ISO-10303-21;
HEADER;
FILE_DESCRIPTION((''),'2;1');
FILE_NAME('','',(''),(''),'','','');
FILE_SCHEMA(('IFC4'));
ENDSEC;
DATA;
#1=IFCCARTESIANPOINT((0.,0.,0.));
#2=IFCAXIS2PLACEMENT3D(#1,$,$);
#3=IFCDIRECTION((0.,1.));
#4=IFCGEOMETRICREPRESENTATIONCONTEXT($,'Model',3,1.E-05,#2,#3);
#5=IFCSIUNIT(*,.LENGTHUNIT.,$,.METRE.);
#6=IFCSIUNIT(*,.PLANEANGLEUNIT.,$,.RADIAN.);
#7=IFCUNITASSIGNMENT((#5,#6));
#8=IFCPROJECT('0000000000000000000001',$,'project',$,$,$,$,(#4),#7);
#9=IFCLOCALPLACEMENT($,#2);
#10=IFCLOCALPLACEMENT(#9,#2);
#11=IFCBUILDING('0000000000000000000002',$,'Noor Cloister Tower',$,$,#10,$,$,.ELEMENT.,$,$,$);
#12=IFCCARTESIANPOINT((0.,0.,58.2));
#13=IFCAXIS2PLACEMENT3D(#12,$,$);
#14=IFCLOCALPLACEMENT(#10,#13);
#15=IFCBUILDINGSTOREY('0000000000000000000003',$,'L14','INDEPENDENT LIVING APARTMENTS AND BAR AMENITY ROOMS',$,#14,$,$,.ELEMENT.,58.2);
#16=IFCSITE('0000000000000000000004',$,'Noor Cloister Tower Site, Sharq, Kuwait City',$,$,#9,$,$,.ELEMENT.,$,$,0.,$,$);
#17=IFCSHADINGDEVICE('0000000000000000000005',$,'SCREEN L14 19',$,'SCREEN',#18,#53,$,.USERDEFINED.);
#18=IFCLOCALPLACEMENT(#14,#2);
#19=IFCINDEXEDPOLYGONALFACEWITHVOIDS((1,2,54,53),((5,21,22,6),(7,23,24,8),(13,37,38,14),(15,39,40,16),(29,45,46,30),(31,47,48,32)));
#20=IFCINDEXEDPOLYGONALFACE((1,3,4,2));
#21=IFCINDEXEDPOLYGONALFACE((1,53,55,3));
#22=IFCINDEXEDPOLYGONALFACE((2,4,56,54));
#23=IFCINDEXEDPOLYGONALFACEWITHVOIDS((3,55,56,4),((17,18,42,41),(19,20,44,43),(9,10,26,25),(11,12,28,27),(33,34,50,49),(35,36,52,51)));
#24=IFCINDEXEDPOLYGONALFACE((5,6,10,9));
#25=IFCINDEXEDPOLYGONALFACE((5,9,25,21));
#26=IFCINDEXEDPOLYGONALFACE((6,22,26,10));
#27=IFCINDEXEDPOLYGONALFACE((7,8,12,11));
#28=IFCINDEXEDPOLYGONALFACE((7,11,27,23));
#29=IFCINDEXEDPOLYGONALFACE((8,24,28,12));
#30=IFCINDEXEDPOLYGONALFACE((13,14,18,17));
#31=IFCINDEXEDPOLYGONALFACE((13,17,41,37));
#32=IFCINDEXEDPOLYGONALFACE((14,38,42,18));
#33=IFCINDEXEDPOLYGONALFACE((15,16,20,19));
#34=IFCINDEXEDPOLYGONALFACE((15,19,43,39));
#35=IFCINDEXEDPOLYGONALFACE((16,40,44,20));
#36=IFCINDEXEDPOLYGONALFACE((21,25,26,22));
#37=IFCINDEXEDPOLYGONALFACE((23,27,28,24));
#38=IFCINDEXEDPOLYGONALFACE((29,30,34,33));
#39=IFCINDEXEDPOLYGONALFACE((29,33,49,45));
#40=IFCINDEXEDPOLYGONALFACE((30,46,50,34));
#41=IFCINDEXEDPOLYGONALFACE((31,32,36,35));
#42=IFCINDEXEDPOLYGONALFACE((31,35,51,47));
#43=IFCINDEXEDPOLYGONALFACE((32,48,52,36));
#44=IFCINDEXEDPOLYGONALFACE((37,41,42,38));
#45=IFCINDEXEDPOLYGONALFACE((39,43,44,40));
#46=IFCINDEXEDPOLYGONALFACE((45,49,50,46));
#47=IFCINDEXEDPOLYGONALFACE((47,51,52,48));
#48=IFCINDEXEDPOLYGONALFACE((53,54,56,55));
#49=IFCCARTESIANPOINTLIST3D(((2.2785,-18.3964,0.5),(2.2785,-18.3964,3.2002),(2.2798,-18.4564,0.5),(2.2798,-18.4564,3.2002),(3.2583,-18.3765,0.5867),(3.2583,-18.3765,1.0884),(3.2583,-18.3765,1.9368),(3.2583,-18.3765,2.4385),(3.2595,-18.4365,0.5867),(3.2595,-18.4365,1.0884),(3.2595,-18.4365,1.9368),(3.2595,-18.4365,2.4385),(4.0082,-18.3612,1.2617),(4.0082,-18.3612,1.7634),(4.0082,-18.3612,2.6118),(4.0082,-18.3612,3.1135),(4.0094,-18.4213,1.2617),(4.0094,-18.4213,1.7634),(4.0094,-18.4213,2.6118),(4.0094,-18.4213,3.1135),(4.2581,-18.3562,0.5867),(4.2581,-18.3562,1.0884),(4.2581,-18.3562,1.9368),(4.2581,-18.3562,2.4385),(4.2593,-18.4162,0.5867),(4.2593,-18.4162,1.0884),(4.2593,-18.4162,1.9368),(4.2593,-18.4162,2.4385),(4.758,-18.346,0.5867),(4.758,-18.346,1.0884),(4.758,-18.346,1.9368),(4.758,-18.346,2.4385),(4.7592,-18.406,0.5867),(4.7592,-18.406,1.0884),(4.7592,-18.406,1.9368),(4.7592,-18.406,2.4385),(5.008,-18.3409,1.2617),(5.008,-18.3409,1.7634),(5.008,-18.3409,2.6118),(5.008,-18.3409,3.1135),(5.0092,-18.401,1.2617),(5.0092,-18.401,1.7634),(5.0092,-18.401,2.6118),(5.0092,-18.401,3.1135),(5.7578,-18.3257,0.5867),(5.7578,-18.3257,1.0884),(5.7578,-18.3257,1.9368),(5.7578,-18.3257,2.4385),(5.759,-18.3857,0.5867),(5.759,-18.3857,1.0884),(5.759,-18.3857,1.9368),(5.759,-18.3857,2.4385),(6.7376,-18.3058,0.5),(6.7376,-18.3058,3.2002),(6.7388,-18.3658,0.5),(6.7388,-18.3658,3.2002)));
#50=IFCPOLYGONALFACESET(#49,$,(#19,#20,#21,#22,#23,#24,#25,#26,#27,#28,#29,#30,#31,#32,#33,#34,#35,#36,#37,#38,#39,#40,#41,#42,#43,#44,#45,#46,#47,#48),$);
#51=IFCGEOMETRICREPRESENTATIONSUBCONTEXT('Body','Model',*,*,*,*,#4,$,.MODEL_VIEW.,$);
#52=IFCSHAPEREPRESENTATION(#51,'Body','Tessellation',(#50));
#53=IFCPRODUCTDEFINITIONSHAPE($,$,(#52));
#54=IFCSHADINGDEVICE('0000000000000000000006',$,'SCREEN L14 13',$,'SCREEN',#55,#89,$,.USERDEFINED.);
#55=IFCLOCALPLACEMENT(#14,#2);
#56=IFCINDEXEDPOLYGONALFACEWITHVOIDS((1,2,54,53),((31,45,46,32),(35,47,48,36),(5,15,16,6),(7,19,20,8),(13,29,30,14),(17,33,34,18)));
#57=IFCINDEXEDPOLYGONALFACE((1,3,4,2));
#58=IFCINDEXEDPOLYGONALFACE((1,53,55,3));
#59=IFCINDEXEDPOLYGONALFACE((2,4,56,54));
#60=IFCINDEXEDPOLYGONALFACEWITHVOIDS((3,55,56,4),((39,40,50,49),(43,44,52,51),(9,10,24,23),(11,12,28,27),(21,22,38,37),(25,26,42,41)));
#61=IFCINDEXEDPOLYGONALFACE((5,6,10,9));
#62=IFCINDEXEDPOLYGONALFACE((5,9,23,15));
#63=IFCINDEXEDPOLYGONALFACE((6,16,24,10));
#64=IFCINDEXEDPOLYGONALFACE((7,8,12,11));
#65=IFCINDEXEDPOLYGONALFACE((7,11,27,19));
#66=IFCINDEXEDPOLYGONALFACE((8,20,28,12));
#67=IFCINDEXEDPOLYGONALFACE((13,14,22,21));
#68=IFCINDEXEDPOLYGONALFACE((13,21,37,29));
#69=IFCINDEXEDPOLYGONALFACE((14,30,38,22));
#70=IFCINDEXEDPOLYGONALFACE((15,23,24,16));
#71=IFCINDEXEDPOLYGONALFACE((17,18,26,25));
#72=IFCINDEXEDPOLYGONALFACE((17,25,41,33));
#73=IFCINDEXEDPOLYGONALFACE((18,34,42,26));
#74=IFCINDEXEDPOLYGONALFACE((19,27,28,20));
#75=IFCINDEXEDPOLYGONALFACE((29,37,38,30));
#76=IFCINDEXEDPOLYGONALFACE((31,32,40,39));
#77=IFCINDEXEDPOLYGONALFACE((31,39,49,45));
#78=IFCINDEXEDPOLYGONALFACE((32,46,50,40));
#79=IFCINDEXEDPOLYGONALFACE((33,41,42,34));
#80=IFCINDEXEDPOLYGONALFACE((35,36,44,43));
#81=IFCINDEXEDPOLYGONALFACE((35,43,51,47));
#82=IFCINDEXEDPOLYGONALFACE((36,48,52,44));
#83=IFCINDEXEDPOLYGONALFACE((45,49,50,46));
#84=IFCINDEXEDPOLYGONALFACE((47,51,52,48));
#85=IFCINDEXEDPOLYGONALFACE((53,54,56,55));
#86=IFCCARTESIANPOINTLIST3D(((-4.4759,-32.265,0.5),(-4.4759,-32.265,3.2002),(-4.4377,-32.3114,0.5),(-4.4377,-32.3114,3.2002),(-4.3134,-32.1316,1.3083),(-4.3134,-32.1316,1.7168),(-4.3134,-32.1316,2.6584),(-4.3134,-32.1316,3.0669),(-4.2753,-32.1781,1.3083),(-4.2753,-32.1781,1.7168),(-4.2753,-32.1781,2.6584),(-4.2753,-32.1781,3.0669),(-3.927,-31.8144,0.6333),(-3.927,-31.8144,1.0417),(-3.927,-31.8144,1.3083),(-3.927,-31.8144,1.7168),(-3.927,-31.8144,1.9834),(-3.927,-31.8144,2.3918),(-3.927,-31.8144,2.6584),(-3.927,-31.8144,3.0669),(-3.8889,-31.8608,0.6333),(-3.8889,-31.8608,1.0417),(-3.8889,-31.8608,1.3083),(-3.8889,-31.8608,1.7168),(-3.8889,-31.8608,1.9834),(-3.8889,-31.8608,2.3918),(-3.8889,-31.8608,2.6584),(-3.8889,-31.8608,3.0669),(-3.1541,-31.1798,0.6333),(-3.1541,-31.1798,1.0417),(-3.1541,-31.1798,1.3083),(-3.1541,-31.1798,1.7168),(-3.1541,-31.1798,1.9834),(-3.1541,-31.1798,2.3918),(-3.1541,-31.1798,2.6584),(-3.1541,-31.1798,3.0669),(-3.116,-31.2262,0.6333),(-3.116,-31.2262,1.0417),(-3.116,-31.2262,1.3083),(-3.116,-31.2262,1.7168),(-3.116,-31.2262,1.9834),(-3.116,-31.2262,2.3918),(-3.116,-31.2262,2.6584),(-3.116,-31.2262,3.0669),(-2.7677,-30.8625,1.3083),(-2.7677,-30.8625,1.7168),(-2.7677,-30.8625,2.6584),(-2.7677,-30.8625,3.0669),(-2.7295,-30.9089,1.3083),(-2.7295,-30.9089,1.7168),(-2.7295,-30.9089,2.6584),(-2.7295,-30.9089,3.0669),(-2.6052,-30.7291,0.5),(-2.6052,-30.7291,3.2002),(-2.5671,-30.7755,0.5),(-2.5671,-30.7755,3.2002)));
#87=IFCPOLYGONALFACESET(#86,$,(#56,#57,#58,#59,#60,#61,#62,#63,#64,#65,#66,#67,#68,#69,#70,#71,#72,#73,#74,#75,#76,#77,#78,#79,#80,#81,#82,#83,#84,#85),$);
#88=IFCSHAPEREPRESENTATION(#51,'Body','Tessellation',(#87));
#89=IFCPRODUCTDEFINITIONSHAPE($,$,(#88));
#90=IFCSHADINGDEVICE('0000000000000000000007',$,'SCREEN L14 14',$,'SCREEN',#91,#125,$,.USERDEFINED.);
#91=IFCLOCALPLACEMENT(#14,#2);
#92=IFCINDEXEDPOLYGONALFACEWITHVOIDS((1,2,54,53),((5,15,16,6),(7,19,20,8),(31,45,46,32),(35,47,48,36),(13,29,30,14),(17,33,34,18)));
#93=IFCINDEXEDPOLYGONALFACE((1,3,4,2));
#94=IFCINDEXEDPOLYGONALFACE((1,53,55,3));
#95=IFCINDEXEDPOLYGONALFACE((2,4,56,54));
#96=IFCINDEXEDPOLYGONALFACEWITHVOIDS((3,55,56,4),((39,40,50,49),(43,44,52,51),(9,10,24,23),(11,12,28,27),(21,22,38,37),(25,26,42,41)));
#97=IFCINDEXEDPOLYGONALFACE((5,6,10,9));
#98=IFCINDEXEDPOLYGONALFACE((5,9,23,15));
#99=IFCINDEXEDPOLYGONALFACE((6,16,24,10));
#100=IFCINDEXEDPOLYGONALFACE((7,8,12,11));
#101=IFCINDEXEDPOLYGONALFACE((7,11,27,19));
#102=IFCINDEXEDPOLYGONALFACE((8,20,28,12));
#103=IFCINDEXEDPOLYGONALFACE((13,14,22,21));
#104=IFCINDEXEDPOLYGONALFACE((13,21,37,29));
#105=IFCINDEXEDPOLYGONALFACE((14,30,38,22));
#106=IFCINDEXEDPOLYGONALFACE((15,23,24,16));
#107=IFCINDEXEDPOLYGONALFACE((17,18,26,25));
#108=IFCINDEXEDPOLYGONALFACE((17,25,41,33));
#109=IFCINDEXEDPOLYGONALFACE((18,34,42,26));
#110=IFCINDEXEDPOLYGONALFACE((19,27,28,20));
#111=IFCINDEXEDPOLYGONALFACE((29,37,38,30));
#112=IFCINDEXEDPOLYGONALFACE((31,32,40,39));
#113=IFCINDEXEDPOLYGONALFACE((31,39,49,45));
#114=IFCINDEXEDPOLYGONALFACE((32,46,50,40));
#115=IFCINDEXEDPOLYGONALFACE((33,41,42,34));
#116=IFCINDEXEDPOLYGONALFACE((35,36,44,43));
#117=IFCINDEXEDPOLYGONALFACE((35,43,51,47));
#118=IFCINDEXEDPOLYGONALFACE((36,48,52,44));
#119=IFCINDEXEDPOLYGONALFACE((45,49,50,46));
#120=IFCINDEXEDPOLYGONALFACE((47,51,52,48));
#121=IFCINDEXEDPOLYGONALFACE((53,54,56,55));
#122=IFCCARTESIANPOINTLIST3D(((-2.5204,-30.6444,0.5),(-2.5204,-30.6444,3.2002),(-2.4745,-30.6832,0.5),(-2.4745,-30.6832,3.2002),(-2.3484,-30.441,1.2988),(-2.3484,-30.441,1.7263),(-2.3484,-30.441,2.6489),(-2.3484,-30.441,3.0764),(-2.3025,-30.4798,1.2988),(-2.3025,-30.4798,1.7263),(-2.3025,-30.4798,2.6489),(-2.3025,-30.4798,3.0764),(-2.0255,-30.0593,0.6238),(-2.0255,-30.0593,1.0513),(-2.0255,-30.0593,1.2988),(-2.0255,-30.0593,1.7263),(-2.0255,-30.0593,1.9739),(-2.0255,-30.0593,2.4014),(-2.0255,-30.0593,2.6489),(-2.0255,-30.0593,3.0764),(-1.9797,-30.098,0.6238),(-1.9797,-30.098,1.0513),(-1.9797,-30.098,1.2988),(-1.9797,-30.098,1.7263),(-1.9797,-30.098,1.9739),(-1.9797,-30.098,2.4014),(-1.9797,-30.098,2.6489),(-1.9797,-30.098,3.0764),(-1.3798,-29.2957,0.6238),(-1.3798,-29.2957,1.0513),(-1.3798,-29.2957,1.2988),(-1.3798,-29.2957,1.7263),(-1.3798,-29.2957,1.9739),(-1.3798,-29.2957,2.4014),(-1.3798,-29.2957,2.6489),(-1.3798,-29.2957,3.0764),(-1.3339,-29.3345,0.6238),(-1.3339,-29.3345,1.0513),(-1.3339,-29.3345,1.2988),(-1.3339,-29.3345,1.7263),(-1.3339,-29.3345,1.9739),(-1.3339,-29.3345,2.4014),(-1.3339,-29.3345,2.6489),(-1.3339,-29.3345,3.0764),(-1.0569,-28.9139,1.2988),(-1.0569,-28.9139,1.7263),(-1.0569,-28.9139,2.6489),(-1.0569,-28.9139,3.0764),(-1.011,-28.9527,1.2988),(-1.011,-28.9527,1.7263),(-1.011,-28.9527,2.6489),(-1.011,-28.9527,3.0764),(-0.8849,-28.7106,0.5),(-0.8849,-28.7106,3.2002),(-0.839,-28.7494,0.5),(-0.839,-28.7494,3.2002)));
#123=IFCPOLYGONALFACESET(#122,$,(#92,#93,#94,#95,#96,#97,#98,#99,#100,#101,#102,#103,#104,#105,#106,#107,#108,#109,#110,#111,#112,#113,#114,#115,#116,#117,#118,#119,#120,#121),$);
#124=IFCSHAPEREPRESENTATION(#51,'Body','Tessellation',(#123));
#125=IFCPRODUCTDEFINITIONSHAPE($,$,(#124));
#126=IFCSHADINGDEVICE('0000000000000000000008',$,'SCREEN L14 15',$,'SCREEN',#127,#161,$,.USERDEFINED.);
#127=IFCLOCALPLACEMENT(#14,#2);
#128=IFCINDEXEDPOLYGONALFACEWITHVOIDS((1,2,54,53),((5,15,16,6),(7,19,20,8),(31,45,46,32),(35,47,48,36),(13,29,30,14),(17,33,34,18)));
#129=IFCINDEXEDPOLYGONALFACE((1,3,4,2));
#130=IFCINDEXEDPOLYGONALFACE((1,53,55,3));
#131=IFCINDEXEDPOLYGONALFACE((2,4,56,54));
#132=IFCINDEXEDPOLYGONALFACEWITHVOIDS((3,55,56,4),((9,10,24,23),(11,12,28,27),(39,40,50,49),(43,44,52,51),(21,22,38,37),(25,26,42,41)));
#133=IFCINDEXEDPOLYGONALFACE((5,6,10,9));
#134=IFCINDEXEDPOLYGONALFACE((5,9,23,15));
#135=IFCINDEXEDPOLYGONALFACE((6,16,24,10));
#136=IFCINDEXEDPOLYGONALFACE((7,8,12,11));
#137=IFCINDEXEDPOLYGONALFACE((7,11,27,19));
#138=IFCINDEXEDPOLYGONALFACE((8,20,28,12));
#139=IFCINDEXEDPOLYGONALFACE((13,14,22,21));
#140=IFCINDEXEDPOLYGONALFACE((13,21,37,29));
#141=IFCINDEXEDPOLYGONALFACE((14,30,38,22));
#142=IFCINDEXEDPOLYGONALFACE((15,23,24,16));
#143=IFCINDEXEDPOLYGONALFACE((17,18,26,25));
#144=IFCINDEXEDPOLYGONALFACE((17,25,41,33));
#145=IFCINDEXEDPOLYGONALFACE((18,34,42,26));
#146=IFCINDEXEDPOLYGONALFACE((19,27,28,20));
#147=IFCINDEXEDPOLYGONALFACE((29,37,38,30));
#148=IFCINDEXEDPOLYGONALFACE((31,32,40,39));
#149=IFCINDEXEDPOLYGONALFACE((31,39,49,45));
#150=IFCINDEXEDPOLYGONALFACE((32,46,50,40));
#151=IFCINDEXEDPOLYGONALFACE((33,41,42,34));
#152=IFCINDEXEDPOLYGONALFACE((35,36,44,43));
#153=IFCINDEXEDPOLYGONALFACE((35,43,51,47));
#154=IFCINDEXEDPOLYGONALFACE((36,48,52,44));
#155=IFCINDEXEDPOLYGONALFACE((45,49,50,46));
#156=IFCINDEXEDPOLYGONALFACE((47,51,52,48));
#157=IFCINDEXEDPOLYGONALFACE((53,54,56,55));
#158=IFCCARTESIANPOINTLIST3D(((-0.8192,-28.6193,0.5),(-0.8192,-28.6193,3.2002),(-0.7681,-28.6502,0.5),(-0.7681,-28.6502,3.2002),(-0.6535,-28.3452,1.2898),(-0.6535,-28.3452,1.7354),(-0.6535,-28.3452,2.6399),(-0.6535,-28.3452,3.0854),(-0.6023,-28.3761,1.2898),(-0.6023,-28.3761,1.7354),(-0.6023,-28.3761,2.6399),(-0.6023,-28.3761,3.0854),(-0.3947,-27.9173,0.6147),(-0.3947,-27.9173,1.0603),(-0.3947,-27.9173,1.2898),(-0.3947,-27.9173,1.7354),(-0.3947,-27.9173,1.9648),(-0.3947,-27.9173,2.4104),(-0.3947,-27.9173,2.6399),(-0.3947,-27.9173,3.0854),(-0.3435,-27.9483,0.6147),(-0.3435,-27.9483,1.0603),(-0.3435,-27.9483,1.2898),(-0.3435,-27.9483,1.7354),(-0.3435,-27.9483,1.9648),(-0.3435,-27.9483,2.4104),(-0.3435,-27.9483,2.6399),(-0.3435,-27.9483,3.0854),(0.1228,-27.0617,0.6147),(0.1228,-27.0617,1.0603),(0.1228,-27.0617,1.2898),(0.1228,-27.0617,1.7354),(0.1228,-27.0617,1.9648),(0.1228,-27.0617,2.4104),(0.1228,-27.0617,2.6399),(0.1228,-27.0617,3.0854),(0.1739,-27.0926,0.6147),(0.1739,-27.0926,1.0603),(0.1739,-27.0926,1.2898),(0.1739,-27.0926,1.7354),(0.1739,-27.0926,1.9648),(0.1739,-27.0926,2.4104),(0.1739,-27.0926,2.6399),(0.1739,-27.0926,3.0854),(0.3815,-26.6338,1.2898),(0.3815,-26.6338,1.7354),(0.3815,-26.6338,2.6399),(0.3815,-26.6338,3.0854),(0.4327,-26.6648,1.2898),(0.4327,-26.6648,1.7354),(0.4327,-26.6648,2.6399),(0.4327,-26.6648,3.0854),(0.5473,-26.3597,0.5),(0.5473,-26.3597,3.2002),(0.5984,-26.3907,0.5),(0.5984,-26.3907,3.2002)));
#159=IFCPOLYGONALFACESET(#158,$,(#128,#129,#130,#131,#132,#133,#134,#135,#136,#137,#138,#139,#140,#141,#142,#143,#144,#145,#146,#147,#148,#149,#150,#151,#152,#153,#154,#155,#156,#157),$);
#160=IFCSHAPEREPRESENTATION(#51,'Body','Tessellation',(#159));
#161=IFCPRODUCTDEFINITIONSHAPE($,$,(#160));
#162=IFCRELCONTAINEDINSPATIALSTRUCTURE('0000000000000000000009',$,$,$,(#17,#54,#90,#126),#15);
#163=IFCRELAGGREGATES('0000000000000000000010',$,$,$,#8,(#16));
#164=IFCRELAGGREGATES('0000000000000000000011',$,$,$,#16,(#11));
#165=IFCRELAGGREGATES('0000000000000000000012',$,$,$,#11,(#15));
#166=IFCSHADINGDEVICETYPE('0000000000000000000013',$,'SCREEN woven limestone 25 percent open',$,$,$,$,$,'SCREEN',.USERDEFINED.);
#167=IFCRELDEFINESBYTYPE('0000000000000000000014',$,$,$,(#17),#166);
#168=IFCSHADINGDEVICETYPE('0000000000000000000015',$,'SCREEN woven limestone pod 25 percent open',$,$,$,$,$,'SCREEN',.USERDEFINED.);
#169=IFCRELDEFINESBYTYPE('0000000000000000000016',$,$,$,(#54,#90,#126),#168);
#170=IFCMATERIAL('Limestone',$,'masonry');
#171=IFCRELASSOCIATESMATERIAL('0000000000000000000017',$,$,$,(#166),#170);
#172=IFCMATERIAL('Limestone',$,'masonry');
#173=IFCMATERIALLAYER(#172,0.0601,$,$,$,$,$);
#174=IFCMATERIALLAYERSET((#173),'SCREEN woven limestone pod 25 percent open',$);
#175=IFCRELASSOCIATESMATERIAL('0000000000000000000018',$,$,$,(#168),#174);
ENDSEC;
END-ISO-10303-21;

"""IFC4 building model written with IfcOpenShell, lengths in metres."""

from ifc_helpers import new_model, si_unit, direction, frame, origin, place, context, subcontext, project, spatial, polyline, outline, extrude, material, layer, layer_set, material_profile, profile_set, type_object, element, save


model = new_model("IFC4")

# Units and contexts
model_context = context("Model", 3, precision=1e-05, world=origin(), true_north=direction((0.0, 1.0)))
body_context = subcontext(model_context, "Body", "Model", "MODEL_VIEW")
ifc_project = project(units=[si_unit("LENGTHUNIT", "METRE"), si_unit("PLANEANGLEUNIT", "RADIAN")], contexts=[model_context])

# Site, building, storey
site_placement = place(None, origin())
site = spatial("IfcSite", under=ifc_project, at=site_placement, Name="Noor Cloister Tower Site, Sharq, Kuwait City", CompositionType="ELEMENT", RefElevation=0.0)
building_placement = place(site_placement, origin())
building = spatial("IfcBuilding", under=site, at=building_placement, Name="Noor Cloister Tower", CompositionType="ELEMENT")
storey_placement = place(building_placement, frame((0.0, 0.0, 58.2)))
storey = spatial("IfcBuildingStorey", under=building, at=storey_placement, Name="L14", Description="INDEPENDENT LIVING APARTMENTS AND BAR AMENITY ROOMS", CompositionType="ELEMENT", Elevation=58.2)

# Shading devices
ifc_material_1 = material(Name="Limestone", Category="masonry")
ifc_material_profile_1 = material_profile(ifc_material_1, outline(polyline([(-2.23, -1.3501), (2.23, -1.3501), (2.23, 1.3501), (-2.23, 1.3501), (-2.23, -1.3501)]), holes=[polyline([(-1.25, -1.2634), (-0.25, -1.2634), (-0.25, -0.7617), (-1.25, -0.7617), (-1.25, -1.2634)]), polyline([(0.25, -1.2634), (1.25, -1.2634), (1.25, -0.7617), (0.25, -0.7617), (0.25, -1.2634)]), polyline([(-0.5, -0.5884), (0.5, -0.5884), (0.5, -0.0867), (-0.5, -0.0867), (-0.5, -0.5884)]), polyline([(-1.25, 0.0867), (-0.25, 0.0867), (-0.25, 0.5884), (-1.25, 0.5884), (-1.25, 0.0867)]), polyline([(0.25, 0.0867), (1.25, 0.0867), (1.25, 0.5884), (0.25, 0.5884), (0.25, 0.0867)]), polyline([(-0.5, 0.7617), (0.5, 0.7617), (0.5, 1.2634), (-0.5, 1.2634), (-0.5, 0.7617)])]), Name="Woven screen 25 percent open")
ifc_profile_set_1 = profile_set([ifc_material_profile_1], Name="Limestone")
shading_device_type_1 = type_object("IfcShadingDeviceType", Name="SCREEN woven limestone 25 percent open", ElementType="SCREEN", PredefinedType="USERDEFINED", material=ifc_profile_set_1)
shading_device_1_placement = place(storey_placement, frame((4.5081, -18.3511, 1.8501), z_axis=(0.020321, -0.999794, 0.0), x_axis=(0.999794, 0.020321, 0.0)))
element("IfcShadingDevice", 1, at=shading_device_1_placement, inside=storey, type_object=shading_device_type_1, Name="SCREEN L14 19", ObjectType="SCREEN", PredefinedType="USERDEFINED", context=body_context, shape_type="SweptSolid", body=[
    extrude(outline(polyline([(-2.23, -1.3501), (2.23, -1.3501), (2.23, 1.3501), (-2.23, 1.3501), (-2.23, -1.3501)]), holes=[polyline([(-1.25, -1.2634), (-0.25, -1.2634), (-0.25, -0.7617), (-1.25, -0.7617), (-1.25, -1.2634)]), polyline([(0.25, -1.2634), (1.25, -1.2634), (1.25, -0.7617), (0.25, -0.7617), (0.25, -1.2634)]), polyline([(-0.5, -0.5884), (0.5, -0.5884), (0.5, -0.0867), (-0.5, -0.0867), (-0.5, -0.5884)]), polyline([(-1.25, 0.0867), (-0.25, 0.0867), (-0.25, 0.5884), (-1.25, 0.5884), (-1.25, 0.0867)]), polyline([(0.25, 0.0867), (1.25, 0.0867), (1.25, 0.5884), (0.25, 0.5884), (0.25, 0.0867)]), polyline([(-0.5, 0.7617), (0.5, 0.7617), (0.5, 1.2634), (-0.5, 1.2634), (-0.5, 0.7617)])]), origin(), (0.0, 0.0, 1.0), 0.0601),
])
ifc_material_2 = material(Name="Limestone", Category="masonry")
ifc_layer_1 = layer(ifc_material_2, 0.0601)
ifc_layer_set_1 = layer_set([ifc_layer_1], Name="SCREEN woven limestone pod 25 percent open")
shading_device_type_2 = type_object("IfcShadingDeviceType", Name="SCREEN woven limestone pod 25 percent open", ElementType="SCREEN", PredefinedType="USERDEFINED", material=ifc_layer_set_1)
shading_device_2_placement = place(storey_placement, frame((-3.5405, -31.4971, 1.8501), z_axis=(0.634566, -0.772869, 0.0), x_axis=(0.772869, 0.634566, 0.0)))
element("IfcShadingDevice", 2, at=shading_device_2_placement, inside=storey, type_object=shading_device_type_2, Name="SCREEN L14 13", ObjectType="SCREEN", PredefinedType="USERDEFINED", context=body_context, shape_type="SweptSolid", body=[
    extrude(outline(polyline([(-1.2102, -1.3501), (1.2102, -1.3501), (1.2102, 1.3501), (-1.2102, 1.3501), (-1.2102, -1.3501)]), holes=[polyline([(-0.5, -1.2168), (0.5, -1.2168), (0.5, -0.8083), (-0.5, -0.8083), (-0.5, -1.2168)]), polyline([(-1.0, -0.5417), (-0.5, -0.5417), (-0.5, -0.1333), (-1.0, -0.1333), (-1.0, -0.5417)]), polyline([(0.5, -0.5417), (1.0, -0.5417), (1.0, -0.1333), (0.5, -0.1333), (0.5, -0.5417)]), polyline([(-0.5, 0.1333), (0.5, 0.1333), (0.5, 0.5417), (-0.5, 0.5417), (-0.5, 0.1333)]), polyline([(-1.0, 0.8083), (-0.5, 0.8083), (-0.5, 1.2168), (-1.0, 1.2168), (-1.0, 0.8083)]), polyline([(0.5, 0.8083), (1.0, 0.8083), (1.0, 1.2168), (0.5, 1.2168), (0.5, 0.8083)])]), origin(), (0.0, 0.0, 1.0), 0.0601),
])
shading_device_3_placement = place(storey_placement, frame((-1.7026, -29.6775, 1.8501), z_axis=(0.76354, -0.64576, 0.0), x_axis=(0.64576, 0.76354, 0.0)))
element("IfcShadingDevice", 3, at=shading_device_3_placement, inside=storey, type_object=shading_device_type_2, Name="SCREEN L14 14", ObjectType="SCREEN", PredefinedType="USERDEFINED", context=body_context, shape_type="SweptSolid", body=[
    extrude(outline(polyline([(-1.2664, -1.3501), (1.2664, -1.3501), (1.2664, 1.3501), (-1.2664, 1.3501), (-1.2664, -1.3501)]), holes=[polyline([(-0.5, -1.2263), (0.5, -1.2263), (0.5, -0.7988), (-0.5, -0.7988), (-0.5, -1.2263)]), polyline([(-1.0, -0.5513), (-0.5, -0.5513), (-0.5, -0.1238), (-1.0, -0.1238), (-1.0, -0.5513)]), polyline([(0.5, -0.5513), (1.0, -0.5513), (1.0, -0.1238), (0.5, -0.1238), (0.5, -0.5513)]), polyline([(-0.5, 0.1238), (0.5, 0.1238), (0.5, 0.5513), (-0.5, 0.5513), (-0.5, 0.1238)]), polyline([(-1.0, 0.7988), (-0.5, 0.7988), (-0.5, 1.2263), (-1.0, 1.2263), (-1.0, 0.7988)]), polyline([(0.5, 0.7988), (1.0, 0.7988), (1.0, 1.2263), (0.5, 1.2263), (0.5, 0.7988)])]), origin(), (0.0, 0.0, 1.0), 0.0601),
])
shading_device_4_placement = place(storey_placement, frame((-0.136, -27.4895, 1.8501), z_axis=(0.85569, -0.517489, 0.0), x_axis=(0.517489, 0.85569, 0.0)))
element("IfcShadingDevice", 4, at=shading_device_4_placement, inside=storey, type_object=shading_device_type_2, Name="SCREEN L14 15", ObjectType="SCREEN", PredefinedType="USERDEFINED", context=body_context, shape_type="SweptSolid", body=[
    extrude(outline(polyline([(-1.3203, -1.3501), (1.3203, -1.3501), (1.3203, 1.3501), (-1.3203, 1.3501), (-1.3203, -1.3501)]), holes=[polyline([(-0.5, -1.2354), (0.5, -1.2354), (0.5, -0.7898), (-0.5, -0.7898), (-0.5, -1.2354)]), polyline([(-1.0, -0.5603), (-0.5, -0.5603), (-0.5, -0.1147), (-1.0, -0.1147), (-1.0, -0.5603)]), polyline([(0.5, -0.5603), (1.0, -0.5603), (1.0, -0.1147), (0.5, -0.1147), (0.5, -0.5603)]), polyline([(-0.5, 0.1147), (0.5, 0.1147), (0.5, 0.5603), (-0.5, 0.5603), (-0.5, 0.1147)]), polyline([(-1.0, 0.7898), (-0.5, 0.7898), (-0.5, 1.2354), (-1.0, 1.2354), (-1.0, 0.7898)]), polyline([(0.5, 0.7898), (1.0, 0.7898), (1.0, 1.2354), (0.5, 1.2354), (0.5, 0.7898)])]), origin(), (0.0, 0.0, 1.0), 0.0598),
])

save(model, "model.ifc")
